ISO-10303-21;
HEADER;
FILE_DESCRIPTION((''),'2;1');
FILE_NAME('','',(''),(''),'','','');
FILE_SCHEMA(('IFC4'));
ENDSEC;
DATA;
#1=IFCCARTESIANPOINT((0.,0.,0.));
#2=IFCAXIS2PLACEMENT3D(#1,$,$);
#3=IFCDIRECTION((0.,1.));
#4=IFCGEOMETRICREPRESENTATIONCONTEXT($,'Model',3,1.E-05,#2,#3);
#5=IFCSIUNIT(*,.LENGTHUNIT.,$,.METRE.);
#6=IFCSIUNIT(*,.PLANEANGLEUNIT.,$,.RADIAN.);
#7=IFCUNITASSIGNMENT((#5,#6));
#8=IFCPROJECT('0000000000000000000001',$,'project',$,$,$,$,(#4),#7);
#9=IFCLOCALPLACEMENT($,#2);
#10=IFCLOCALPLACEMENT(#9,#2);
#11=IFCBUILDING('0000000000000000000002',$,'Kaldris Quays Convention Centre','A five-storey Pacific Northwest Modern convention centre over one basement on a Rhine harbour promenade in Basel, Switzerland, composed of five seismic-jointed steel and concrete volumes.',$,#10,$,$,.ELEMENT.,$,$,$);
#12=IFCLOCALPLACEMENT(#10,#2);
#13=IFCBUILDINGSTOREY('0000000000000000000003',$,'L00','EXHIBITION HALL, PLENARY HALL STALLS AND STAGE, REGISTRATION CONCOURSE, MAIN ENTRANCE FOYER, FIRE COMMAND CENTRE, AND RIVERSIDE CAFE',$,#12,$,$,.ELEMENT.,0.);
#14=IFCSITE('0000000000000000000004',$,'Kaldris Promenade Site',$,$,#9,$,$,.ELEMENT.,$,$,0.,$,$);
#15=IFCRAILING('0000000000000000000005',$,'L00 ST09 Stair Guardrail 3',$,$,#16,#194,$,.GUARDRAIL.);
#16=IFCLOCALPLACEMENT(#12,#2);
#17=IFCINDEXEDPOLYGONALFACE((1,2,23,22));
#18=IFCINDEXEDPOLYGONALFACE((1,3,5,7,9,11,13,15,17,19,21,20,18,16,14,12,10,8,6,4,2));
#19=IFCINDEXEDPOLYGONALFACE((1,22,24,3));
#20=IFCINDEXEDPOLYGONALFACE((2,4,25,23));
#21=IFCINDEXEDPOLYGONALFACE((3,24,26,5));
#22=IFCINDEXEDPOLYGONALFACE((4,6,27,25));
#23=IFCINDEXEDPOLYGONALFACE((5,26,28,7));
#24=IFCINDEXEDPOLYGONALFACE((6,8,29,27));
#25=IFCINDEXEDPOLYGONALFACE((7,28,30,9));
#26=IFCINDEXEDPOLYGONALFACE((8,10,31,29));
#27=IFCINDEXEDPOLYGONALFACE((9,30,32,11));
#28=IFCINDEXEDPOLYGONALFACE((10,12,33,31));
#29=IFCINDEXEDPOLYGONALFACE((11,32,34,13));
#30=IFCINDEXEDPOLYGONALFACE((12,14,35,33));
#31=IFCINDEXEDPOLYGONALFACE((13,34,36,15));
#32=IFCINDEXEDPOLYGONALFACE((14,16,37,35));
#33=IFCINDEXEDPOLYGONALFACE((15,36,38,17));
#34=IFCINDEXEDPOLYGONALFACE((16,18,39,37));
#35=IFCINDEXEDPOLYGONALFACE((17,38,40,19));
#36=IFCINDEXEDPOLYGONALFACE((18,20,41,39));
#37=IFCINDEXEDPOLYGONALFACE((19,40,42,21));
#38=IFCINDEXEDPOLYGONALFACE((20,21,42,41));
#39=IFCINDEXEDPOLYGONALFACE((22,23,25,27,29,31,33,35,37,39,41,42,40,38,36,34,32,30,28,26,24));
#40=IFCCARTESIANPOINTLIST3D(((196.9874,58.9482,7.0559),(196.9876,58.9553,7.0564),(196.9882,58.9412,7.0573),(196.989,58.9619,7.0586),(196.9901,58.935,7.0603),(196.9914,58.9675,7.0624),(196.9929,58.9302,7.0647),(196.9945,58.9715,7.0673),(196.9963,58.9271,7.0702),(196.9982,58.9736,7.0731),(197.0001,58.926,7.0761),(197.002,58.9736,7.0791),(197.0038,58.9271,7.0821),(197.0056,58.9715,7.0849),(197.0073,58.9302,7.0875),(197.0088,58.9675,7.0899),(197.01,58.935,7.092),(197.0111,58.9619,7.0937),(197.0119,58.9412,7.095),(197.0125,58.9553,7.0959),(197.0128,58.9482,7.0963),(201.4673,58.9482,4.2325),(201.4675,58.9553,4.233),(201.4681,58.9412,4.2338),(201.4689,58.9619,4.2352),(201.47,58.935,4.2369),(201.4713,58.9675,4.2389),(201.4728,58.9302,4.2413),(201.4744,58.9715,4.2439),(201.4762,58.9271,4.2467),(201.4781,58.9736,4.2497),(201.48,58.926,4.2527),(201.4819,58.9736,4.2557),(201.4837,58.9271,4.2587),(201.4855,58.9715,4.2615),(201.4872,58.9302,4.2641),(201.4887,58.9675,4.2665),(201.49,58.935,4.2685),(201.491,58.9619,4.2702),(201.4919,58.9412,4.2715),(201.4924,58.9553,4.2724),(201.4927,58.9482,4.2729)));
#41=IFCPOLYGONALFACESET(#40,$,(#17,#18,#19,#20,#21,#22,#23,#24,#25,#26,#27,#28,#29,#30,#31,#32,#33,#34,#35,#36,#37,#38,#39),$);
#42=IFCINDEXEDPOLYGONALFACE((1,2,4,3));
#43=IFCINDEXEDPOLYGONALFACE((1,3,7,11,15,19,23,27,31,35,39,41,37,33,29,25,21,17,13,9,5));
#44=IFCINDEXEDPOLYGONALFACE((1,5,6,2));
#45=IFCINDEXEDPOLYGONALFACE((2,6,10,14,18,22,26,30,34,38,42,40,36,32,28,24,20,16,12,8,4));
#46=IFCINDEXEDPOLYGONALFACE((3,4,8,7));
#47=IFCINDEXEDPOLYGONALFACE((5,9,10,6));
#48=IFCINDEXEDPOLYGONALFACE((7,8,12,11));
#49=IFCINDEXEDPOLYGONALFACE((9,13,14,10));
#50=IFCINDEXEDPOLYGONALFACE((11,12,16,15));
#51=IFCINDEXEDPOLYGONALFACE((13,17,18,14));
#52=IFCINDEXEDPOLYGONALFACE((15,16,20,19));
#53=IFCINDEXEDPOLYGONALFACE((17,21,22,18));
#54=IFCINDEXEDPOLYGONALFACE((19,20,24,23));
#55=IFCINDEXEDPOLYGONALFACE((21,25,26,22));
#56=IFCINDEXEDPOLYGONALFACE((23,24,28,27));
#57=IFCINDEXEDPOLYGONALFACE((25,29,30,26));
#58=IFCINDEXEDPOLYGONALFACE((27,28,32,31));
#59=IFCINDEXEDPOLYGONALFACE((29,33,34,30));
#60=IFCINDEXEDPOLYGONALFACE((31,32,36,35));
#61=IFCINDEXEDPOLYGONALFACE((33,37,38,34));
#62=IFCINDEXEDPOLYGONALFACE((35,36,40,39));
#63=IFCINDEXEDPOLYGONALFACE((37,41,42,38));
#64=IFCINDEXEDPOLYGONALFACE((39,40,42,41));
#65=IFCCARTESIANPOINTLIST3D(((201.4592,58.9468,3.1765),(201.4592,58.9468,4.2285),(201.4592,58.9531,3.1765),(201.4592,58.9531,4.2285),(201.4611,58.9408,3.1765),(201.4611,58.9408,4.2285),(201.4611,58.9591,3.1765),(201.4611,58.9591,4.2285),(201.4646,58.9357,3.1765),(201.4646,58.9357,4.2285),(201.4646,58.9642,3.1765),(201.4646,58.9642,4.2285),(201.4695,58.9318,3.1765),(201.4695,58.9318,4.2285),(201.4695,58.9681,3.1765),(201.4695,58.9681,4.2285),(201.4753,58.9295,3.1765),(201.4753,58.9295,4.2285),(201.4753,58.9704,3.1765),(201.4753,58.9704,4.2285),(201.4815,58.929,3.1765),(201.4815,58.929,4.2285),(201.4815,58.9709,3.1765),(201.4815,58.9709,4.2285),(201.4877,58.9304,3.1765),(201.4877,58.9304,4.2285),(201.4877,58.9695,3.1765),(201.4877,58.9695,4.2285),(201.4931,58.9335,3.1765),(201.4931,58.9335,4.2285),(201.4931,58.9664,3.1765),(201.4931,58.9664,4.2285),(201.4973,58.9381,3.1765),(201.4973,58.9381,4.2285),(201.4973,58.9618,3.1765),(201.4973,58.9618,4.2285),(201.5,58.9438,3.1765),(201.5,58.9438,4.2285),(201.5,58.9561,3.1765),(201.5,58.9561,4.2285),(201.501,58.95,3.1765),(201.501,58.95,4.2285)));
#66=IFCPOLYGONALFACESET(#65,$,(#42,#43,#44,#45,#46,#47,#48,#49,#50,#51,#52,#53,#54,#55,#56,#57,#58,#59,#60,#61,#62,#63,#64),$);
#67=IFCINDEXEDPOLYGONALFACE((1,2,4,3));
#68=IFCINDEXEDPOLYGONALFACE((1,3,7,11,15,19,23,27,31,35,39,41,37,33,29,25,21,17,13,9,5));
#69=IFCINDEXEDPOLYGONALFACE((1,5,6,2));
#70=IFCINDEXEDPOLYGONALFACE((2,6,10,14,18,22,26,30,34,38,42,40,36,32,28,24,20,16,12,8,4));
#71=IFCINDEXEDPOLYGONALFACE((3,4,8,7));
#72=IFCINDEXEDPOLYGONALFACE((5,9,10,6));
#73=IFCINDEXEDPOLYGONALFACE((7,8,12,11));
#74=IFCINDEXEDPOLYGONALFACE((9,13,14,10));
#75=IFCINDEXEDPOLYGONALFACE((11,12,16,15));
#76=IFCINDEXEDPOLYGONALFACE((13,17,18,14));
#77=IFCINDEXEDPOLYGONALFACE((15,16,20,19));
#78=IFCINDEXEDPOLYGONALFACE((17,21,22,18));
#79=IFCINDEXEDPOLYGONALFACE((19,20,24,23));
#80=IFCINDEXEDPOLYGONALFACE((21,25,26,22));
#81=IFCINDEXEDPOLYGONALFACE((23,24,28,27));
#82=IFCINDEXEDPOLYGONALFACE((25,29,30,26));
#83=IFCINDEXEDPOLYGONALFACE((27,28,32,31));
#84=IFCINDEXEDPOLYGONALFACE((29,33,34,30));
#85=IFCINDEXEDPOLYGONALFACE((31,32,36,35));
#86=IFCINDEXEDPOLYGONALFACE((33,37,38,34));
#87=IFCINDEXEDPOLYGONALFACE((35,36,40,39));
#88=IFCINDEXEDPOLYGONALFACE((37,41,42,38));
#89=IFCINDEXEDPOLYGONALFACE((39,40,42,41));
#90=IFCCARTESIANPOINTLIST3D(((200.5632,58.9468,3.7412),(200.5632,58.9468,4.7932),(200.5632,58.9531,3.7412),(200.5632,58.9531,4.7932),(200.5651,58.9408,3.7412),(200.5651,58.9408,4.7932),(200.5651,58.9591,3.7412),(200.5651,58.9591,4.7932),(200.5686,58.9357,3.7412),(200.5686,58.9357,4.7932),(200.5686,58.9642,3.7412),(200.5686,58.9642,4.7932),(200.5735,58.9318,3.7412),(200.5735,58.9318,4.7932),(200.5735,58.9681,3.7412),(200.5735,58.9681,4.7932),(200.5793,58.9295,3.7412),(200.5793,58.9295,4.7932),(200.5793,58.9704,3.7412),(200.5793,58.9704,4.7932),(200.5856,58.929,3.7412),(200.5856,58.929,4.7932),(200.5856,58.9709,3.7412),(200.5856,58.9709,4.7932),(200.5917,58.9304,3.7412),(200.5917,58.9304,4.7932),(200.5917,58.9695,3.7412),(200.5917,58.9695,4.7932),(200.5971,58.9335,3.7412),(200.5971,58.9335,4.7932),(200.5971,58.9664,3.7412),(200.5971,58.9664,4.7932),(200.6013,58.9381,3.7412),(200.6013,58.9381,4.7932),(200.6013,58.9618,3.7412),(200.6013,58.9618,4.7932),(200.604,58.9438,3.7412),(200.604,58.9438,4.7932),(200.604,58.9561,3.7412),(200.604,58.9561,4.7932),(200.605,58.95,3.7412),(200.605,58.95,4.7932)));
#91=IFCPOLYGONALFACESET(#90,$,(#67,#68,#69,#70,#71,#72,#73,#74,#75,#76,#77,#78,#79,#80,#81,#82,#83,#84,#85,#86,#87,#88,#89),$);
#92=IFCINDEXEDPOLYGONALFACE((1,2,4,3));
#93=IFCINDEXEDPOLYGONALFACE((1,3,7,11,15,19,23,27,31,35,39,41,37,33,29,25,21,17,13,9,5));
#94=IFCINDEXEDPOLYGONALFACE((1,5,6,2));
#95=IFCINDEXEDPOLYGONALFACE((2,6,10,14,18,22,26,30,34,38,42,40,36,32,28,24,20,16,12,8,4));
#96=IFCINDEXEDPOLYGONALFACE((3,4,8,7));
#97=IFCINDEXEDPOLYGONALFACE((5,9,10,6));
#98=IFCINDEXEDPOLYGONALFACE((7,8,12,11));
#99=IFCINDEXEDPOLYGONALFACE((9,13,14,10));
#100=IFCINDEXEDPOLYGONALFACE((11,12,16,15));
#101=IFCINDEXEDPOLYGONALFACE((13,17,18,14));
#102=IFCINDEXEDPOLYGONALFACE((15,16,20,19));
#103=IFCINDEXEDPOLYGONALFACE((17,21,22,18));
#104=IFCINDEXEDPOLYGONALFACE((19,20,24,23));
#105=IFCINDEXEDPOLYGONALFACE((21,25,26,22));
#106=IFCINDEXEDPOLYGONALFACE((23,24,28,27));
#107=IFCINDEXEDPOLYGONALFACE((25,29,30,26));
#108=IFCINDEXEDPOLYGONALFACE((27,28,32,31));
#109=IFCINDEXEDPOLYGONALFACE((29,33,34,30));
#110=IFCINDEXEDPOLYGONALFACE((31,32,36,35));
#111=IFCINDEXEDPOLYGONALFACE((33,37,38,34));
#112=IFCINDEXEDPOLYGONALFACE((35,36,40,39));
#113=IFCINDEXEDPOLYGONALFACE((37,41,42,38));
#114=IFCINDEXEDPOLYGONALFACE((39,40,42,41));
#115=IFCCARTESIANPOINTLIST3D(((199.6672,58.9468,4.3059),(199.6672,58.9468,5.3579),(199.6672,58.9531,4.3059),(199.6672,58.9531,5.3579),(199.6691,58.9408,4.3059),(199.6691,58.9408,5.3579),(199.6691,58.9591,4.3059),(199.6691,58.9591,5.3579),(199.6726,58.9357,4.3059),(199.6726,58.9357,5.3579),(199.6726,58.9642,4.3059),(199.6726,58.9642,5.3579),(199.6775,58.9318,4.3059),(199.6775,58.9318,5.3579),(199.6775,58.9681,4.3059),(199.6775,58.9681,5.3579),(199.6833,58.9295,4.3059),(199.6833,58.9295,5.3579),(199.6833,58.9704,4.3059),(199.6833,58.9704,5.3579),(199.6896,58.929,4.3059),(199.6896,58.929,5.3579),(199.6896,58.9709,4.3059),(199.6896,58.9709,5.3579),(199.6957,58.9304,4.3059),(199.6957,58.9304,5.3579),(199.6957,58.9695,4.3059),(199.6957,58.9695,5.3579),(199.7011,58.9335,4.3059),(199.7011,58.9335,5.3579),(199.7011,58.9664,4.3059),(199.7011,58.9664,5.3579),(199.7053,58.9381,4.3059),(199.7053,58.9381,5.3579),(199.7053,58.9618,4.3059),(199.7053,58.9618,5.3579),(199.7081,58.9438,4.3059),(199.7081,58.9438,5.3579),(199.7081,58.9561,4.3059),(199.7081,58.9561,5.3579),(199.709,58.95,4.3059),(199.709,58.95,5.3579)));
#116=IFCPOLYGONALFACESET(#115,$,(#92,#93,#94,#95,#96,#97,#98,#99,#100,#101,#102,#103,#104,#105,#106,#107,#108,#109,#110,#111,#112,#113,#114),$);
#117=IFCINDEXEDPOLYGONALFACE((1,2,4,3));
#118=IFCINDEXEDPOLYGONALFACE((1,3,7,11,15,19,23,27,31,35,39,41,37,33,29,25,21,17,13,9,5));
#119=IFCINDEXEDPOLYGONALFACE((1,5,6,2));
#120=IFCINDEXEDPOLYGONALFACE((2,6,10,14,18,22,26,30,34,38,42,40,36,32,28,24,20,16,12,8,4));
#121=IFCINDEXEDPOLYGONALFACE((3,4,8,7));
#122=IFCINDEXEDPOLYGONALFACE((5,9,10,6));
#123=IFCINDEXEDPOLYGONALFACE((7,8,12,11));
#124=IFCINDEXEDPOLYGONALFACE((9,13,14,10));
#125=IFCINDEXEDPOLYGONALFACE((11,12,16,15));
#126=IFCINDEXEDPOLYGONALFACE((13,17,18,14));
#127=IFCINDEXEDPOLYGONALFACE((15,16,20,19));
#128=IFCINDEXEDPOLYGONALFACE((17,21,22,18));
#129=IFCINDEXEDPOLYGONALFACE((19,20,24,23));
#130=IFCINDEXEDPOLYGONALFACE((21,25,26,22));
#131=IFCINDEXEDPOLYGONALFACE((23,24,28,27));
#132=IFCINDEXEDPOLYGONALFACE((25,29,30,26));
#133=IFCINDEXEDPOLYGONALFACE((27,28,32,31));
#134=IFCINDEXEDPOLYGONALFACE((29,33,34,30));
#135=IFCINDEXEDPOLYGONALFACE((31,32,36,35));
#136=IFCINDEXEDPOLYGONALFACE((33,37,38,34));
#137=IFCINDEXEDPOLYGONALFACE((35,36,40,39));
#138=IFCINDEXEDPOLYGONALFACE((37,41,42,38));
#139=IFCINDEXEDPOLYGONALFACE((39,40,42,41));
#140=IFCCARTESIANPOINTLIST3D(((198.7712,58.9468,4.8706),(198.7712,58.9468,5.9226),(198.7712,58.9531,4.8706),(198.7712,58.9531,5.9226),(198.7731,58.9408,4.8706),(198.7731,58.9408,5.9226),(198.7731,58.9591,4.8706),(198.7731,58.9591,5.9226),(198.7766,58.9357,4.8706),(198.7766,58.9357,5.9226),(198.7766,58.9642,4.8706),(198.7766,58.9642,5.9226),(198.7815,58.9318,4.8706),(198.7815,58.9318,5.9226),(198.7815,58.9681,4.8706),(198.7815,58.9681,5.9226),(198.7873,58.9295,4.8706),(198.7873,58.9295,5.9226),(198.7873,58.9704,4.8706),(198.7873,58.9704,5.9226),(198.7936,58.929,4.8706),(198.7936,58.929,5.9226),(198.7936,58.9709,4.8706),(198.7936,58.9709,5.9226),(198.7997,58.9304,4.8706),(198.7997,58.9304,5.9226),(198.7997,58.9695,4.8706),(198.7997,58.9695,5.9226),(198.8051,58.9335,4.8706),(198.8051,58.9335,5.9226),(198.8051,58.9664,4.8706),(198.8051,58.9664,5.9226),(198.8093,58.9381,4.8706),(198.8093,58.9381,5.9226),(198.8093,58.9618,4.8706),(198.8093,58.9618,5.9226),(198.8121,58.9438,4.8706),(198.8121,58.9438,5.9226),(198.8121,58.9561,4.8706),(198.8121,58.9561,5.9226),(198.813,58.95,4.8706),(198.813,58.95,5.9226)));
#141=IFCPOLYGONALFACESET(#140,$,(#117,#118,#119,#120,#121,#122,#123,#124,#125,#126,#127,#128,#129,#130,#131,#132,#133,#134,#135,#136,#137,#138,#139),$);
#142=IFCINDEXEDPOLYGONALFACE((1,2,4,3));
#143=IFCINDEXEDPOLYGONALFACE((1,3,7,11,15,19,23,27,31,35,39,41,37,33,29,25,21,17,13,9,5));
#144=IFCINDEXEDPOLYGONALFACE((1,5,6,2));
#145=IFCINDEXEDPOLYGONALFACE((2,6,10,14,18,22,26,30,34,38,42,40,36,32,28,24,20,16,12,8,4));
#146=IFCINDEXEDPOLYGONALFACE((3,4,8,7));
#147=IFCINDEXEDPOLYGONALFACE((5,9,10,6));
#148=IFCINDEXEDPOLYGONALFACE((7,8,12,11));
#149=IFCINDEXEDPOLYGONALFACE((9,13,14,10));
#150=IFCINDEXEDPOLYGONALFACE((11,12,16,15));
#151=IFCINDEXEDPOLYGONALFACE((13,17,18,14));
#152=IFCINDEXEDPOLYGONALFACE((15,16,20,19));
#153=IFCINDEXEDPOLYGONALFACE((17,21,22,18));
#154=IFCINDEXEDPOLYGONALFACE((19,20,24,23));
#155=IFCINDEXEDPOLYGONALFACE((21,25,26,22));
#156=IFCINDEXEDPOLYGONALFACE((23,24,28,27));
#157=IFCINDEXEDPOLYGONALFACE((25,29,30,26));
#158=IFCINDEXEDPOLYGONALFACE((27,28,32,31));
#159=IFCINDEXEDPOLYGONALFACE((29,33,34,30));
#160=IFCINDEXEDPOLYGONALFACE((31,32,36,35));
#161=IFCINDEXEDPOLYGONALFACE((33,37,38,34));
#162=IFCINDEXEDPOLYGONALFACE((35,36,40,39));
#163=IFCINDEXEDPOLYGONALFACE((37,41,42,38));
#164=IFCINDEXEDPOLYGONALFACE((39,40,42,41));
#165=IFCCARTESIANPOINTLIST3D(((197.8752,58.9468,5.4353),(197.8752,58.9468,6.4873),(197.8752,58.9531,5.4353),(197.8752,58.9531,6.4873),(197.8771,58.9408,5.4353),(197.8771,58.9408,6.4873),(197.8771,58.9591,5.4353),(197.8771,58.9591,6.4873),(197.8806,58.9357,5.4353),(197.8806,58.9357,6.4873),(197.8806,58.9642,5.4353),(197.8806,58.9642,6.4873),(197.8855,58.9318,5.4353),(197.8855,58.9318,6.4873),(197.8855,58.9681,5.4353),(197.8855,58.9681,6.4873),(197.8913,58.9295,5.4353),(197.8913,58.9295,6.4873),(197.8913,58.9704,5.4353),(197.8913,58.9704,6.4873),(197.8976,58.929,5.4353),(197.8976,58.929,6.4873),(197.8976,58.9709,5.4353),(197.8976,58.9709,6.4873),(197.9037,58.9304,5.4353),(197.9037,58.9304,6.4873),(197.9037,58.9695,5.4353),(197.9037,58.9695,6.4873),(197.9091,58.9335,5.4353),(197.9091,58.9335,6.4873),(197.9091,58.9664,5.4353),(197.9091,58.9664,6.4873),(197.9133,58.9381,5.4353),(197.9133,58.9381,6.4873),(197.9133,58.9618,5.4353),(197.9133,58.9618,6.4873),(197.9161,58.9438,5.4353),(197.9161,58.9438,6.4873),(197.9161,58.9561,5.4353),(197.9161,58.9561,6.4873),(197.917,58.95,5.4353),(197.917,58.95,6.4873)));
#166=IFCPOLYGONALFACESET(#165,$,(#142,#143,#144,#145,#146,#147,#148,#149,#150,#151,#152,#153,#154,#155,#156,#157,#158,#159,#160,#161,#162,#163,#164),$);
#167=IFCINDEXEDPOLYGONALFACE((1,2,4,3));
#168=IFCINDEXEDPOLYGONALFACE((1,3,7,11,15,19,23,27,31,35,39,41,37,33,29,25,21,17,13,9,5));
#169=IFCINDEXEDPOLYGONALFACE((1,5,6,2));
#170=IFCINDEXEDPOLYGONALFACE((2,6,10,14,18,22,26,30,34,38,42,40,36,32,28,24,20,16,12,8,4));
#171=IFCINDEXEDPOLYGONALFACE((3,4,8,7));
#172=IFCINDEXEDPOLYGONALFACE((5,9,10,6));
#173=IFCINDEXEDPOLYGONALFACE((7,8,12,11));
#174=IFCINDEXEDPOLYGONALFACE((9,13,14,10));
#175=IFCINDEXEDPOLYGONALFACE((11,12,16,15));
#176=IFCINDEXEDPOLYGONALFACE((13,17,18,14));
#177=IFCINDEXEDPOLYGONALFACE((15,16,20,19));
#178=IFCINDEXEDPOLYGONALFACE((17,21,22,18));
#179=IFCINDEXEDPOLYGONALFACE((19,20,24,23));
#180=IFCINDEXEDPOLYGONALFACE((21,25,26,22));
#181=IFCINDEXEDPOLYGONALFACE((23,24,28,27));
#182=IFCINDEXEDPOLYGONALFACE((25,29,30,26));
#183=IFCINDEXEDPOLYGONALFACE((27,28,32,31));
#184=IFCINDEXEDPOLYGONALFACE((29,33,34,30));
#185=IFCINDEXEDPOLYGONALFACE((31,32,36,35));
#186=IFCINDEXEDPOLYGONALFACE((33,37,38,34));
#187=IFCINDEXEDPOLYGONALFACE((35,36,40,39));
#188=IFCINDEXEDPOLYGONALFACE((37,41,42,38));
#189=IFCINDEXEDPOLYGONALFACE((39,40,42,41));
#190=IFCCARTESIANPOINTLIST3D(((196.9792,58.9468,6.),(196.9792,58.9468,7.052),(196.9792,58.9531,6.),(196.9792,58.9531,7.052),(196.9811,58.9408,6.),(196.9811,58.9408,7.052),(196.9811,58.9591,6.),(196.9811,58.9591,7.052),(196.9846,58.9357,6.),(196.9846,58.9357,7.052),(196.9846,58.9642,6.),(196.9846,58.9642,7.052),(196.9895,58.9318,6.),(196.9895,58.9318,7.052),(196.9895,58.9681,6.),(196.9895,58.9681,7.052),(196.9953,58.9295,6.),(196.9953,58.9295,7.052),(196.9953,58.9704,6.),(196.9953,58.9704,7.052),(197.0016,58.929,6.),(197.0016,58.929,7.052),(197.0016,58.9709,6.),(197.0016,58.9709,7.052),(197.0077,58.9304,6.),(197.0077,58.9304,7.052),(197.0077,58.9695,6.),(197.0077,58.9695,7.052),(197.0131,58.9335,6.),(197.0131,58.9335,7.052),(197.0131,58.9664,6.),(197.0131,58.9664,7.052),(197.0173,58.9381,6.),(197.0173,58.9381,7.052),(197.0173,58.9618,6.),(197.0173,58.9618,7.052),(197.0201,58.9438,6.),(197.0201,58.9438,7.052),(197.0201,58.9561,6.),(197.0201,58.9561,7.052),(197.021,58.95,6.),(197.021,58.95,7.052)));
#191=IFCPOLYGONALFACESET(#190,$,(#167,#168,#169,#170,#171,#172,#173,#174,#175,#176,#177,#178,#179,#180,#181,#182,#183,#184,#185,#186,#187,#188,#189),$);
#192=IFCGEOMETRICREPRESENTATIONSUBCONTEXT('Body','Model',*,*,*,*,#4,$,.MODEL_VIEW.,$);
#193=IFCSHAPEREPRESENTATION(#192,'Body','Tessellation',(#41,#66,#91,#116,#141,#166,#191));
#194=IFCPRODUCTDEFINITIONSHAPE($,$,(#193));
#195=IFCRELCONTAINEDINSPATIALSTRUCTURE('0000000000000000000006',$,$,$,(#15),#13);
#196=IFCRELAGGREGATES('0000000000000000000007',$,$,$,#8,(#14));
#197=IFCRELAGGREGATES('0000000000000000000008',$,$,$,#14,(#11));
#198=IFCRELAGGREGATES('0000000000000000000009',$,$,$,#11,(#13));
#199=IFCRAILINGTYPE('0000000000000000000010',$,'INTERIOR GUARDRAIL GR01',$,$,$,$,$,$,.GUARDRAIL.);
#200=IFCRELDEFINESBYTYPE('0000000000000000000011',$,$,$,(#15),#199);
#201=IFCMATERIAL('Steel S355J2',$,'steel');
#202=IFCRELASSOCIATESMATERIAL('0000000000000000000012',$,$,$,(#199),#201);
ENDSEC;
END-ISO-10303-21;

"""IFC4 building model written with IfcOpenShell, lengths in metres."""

from ifc_helpers import new_model, si_unit, direction, frame, origin, origin_2d, place, context, subcontext, project, spatial, circle, extrude, material, type_object, element, save


model = new_model("IFC4")

# Units and contexts
model_context = context("Model", 3, precision=1e-05, world=origin(), true_north=direction((0.0, 1.0)))
body_context = subcontext(model_context, "Body", "Model", "MODEL_VIEW")
ifc_project = project(units=[si_unit("LENGTHUNIT", "METRE"), si_unit("PLANEANGLEUNIT", "RADIAN")], contexts=[model_context])

# Site, building, storey
site_placement = place(None, origin())
site = spatial("IfcSite", under=ifc_project, at=site_placement, Name="Kaldris Promenade Site", CompositionType="ELEMENT", RefElevation=0.0)
building_placement = place(site_placement, origin())
building = spatial("IfcBuilding", under=site, at=building_placement, Name="Kaldris Quays Convention Centre", Description="A five-storey Pacific Northwest Modern convention centre over one basement on a Rhine harbour promenade in Basel, Switzerland, composed of five seismic-jointed steel and concrete volumes.", CompositionType="ELEMENT")
storey_placement = place(building_placement, origin())
storey = spatial("IfcBuildingStorey", under=building, at=storey_placement, Name="L00", Description="EXHIBITION HALL, PLENARY HALL STALLS AND STAGE, REGISTRATION CONCOURSE, MAIN ENTRANCE FOYER, FIRE COMMAND CENTRE, AND RIVERSIDE CAFE", CompositionType="ELEMENT", Elevation=0.0)

# Shared definitions
ifc_material_1 = material(Name="Steel S355J2", Category="steel")

# Railing
railing_type_1 = type_object("IfcRailingType", Name="INTERIOR GUARDRAIL GR01", PredefinedType="GUARDRAIL", material=ifc_material_1)
railing_1_placement = place(storey_placement, frame((201.48, 58.95, 3.1765)))
element("IfcRailing", 1, at=railing_1_placement, inside=storey, type_object=railing_type_1, Name="L00 ST09 Stair Guardrail 3", PredefinedType="GUARDRAIL", context=body_context, shape_type="SweptSolid", body=[
    extrude(circle(Radius=0.0239, at=origin_2d()), frame((0.0, 0.0, 1.0762), z_axis=(-0.845998, 0.0, 0.533186), x_axis=(0.0, -1.0, 0.0)), (0.0, 0.0, 1.0), 5.2954),
    extrude(circle(Radius=0.021, at=origin_2d()), origin(), (0.0, 0.0, 1.0), 1.052),
    extrude(circle(Radius=0.021, at=origin_2d()), frame((-0.896, 0.0, 0.5647)), (0.0, 0.0, 1.0), 1.052),
    extrude(circle(Radius=0.021, at=origin_2d()), frame((-1.792, 0.0, 1.1294)), (0.0, 0.0, 1.0), 1.052),
    extrude(circle(Radius=0.021, at=origin_2d()), frame((-2.688, 0.0, 1.6941)), (0.0, 0.0, 1.0), 1.052),
    extrude(circle(Radius=0.021, at=origin_2d()), frame((-3.584, 0.0, 2.2588)), (0.0, 0.0, 1.0), 1.052),
    extrude(circle(Radius=0.021, at=origin_2d()), frame((-4.48, 0.0, 2.8235)), (0.0, 0.0, 1.0), 1.052),
])

save(model, "model.ifc")
